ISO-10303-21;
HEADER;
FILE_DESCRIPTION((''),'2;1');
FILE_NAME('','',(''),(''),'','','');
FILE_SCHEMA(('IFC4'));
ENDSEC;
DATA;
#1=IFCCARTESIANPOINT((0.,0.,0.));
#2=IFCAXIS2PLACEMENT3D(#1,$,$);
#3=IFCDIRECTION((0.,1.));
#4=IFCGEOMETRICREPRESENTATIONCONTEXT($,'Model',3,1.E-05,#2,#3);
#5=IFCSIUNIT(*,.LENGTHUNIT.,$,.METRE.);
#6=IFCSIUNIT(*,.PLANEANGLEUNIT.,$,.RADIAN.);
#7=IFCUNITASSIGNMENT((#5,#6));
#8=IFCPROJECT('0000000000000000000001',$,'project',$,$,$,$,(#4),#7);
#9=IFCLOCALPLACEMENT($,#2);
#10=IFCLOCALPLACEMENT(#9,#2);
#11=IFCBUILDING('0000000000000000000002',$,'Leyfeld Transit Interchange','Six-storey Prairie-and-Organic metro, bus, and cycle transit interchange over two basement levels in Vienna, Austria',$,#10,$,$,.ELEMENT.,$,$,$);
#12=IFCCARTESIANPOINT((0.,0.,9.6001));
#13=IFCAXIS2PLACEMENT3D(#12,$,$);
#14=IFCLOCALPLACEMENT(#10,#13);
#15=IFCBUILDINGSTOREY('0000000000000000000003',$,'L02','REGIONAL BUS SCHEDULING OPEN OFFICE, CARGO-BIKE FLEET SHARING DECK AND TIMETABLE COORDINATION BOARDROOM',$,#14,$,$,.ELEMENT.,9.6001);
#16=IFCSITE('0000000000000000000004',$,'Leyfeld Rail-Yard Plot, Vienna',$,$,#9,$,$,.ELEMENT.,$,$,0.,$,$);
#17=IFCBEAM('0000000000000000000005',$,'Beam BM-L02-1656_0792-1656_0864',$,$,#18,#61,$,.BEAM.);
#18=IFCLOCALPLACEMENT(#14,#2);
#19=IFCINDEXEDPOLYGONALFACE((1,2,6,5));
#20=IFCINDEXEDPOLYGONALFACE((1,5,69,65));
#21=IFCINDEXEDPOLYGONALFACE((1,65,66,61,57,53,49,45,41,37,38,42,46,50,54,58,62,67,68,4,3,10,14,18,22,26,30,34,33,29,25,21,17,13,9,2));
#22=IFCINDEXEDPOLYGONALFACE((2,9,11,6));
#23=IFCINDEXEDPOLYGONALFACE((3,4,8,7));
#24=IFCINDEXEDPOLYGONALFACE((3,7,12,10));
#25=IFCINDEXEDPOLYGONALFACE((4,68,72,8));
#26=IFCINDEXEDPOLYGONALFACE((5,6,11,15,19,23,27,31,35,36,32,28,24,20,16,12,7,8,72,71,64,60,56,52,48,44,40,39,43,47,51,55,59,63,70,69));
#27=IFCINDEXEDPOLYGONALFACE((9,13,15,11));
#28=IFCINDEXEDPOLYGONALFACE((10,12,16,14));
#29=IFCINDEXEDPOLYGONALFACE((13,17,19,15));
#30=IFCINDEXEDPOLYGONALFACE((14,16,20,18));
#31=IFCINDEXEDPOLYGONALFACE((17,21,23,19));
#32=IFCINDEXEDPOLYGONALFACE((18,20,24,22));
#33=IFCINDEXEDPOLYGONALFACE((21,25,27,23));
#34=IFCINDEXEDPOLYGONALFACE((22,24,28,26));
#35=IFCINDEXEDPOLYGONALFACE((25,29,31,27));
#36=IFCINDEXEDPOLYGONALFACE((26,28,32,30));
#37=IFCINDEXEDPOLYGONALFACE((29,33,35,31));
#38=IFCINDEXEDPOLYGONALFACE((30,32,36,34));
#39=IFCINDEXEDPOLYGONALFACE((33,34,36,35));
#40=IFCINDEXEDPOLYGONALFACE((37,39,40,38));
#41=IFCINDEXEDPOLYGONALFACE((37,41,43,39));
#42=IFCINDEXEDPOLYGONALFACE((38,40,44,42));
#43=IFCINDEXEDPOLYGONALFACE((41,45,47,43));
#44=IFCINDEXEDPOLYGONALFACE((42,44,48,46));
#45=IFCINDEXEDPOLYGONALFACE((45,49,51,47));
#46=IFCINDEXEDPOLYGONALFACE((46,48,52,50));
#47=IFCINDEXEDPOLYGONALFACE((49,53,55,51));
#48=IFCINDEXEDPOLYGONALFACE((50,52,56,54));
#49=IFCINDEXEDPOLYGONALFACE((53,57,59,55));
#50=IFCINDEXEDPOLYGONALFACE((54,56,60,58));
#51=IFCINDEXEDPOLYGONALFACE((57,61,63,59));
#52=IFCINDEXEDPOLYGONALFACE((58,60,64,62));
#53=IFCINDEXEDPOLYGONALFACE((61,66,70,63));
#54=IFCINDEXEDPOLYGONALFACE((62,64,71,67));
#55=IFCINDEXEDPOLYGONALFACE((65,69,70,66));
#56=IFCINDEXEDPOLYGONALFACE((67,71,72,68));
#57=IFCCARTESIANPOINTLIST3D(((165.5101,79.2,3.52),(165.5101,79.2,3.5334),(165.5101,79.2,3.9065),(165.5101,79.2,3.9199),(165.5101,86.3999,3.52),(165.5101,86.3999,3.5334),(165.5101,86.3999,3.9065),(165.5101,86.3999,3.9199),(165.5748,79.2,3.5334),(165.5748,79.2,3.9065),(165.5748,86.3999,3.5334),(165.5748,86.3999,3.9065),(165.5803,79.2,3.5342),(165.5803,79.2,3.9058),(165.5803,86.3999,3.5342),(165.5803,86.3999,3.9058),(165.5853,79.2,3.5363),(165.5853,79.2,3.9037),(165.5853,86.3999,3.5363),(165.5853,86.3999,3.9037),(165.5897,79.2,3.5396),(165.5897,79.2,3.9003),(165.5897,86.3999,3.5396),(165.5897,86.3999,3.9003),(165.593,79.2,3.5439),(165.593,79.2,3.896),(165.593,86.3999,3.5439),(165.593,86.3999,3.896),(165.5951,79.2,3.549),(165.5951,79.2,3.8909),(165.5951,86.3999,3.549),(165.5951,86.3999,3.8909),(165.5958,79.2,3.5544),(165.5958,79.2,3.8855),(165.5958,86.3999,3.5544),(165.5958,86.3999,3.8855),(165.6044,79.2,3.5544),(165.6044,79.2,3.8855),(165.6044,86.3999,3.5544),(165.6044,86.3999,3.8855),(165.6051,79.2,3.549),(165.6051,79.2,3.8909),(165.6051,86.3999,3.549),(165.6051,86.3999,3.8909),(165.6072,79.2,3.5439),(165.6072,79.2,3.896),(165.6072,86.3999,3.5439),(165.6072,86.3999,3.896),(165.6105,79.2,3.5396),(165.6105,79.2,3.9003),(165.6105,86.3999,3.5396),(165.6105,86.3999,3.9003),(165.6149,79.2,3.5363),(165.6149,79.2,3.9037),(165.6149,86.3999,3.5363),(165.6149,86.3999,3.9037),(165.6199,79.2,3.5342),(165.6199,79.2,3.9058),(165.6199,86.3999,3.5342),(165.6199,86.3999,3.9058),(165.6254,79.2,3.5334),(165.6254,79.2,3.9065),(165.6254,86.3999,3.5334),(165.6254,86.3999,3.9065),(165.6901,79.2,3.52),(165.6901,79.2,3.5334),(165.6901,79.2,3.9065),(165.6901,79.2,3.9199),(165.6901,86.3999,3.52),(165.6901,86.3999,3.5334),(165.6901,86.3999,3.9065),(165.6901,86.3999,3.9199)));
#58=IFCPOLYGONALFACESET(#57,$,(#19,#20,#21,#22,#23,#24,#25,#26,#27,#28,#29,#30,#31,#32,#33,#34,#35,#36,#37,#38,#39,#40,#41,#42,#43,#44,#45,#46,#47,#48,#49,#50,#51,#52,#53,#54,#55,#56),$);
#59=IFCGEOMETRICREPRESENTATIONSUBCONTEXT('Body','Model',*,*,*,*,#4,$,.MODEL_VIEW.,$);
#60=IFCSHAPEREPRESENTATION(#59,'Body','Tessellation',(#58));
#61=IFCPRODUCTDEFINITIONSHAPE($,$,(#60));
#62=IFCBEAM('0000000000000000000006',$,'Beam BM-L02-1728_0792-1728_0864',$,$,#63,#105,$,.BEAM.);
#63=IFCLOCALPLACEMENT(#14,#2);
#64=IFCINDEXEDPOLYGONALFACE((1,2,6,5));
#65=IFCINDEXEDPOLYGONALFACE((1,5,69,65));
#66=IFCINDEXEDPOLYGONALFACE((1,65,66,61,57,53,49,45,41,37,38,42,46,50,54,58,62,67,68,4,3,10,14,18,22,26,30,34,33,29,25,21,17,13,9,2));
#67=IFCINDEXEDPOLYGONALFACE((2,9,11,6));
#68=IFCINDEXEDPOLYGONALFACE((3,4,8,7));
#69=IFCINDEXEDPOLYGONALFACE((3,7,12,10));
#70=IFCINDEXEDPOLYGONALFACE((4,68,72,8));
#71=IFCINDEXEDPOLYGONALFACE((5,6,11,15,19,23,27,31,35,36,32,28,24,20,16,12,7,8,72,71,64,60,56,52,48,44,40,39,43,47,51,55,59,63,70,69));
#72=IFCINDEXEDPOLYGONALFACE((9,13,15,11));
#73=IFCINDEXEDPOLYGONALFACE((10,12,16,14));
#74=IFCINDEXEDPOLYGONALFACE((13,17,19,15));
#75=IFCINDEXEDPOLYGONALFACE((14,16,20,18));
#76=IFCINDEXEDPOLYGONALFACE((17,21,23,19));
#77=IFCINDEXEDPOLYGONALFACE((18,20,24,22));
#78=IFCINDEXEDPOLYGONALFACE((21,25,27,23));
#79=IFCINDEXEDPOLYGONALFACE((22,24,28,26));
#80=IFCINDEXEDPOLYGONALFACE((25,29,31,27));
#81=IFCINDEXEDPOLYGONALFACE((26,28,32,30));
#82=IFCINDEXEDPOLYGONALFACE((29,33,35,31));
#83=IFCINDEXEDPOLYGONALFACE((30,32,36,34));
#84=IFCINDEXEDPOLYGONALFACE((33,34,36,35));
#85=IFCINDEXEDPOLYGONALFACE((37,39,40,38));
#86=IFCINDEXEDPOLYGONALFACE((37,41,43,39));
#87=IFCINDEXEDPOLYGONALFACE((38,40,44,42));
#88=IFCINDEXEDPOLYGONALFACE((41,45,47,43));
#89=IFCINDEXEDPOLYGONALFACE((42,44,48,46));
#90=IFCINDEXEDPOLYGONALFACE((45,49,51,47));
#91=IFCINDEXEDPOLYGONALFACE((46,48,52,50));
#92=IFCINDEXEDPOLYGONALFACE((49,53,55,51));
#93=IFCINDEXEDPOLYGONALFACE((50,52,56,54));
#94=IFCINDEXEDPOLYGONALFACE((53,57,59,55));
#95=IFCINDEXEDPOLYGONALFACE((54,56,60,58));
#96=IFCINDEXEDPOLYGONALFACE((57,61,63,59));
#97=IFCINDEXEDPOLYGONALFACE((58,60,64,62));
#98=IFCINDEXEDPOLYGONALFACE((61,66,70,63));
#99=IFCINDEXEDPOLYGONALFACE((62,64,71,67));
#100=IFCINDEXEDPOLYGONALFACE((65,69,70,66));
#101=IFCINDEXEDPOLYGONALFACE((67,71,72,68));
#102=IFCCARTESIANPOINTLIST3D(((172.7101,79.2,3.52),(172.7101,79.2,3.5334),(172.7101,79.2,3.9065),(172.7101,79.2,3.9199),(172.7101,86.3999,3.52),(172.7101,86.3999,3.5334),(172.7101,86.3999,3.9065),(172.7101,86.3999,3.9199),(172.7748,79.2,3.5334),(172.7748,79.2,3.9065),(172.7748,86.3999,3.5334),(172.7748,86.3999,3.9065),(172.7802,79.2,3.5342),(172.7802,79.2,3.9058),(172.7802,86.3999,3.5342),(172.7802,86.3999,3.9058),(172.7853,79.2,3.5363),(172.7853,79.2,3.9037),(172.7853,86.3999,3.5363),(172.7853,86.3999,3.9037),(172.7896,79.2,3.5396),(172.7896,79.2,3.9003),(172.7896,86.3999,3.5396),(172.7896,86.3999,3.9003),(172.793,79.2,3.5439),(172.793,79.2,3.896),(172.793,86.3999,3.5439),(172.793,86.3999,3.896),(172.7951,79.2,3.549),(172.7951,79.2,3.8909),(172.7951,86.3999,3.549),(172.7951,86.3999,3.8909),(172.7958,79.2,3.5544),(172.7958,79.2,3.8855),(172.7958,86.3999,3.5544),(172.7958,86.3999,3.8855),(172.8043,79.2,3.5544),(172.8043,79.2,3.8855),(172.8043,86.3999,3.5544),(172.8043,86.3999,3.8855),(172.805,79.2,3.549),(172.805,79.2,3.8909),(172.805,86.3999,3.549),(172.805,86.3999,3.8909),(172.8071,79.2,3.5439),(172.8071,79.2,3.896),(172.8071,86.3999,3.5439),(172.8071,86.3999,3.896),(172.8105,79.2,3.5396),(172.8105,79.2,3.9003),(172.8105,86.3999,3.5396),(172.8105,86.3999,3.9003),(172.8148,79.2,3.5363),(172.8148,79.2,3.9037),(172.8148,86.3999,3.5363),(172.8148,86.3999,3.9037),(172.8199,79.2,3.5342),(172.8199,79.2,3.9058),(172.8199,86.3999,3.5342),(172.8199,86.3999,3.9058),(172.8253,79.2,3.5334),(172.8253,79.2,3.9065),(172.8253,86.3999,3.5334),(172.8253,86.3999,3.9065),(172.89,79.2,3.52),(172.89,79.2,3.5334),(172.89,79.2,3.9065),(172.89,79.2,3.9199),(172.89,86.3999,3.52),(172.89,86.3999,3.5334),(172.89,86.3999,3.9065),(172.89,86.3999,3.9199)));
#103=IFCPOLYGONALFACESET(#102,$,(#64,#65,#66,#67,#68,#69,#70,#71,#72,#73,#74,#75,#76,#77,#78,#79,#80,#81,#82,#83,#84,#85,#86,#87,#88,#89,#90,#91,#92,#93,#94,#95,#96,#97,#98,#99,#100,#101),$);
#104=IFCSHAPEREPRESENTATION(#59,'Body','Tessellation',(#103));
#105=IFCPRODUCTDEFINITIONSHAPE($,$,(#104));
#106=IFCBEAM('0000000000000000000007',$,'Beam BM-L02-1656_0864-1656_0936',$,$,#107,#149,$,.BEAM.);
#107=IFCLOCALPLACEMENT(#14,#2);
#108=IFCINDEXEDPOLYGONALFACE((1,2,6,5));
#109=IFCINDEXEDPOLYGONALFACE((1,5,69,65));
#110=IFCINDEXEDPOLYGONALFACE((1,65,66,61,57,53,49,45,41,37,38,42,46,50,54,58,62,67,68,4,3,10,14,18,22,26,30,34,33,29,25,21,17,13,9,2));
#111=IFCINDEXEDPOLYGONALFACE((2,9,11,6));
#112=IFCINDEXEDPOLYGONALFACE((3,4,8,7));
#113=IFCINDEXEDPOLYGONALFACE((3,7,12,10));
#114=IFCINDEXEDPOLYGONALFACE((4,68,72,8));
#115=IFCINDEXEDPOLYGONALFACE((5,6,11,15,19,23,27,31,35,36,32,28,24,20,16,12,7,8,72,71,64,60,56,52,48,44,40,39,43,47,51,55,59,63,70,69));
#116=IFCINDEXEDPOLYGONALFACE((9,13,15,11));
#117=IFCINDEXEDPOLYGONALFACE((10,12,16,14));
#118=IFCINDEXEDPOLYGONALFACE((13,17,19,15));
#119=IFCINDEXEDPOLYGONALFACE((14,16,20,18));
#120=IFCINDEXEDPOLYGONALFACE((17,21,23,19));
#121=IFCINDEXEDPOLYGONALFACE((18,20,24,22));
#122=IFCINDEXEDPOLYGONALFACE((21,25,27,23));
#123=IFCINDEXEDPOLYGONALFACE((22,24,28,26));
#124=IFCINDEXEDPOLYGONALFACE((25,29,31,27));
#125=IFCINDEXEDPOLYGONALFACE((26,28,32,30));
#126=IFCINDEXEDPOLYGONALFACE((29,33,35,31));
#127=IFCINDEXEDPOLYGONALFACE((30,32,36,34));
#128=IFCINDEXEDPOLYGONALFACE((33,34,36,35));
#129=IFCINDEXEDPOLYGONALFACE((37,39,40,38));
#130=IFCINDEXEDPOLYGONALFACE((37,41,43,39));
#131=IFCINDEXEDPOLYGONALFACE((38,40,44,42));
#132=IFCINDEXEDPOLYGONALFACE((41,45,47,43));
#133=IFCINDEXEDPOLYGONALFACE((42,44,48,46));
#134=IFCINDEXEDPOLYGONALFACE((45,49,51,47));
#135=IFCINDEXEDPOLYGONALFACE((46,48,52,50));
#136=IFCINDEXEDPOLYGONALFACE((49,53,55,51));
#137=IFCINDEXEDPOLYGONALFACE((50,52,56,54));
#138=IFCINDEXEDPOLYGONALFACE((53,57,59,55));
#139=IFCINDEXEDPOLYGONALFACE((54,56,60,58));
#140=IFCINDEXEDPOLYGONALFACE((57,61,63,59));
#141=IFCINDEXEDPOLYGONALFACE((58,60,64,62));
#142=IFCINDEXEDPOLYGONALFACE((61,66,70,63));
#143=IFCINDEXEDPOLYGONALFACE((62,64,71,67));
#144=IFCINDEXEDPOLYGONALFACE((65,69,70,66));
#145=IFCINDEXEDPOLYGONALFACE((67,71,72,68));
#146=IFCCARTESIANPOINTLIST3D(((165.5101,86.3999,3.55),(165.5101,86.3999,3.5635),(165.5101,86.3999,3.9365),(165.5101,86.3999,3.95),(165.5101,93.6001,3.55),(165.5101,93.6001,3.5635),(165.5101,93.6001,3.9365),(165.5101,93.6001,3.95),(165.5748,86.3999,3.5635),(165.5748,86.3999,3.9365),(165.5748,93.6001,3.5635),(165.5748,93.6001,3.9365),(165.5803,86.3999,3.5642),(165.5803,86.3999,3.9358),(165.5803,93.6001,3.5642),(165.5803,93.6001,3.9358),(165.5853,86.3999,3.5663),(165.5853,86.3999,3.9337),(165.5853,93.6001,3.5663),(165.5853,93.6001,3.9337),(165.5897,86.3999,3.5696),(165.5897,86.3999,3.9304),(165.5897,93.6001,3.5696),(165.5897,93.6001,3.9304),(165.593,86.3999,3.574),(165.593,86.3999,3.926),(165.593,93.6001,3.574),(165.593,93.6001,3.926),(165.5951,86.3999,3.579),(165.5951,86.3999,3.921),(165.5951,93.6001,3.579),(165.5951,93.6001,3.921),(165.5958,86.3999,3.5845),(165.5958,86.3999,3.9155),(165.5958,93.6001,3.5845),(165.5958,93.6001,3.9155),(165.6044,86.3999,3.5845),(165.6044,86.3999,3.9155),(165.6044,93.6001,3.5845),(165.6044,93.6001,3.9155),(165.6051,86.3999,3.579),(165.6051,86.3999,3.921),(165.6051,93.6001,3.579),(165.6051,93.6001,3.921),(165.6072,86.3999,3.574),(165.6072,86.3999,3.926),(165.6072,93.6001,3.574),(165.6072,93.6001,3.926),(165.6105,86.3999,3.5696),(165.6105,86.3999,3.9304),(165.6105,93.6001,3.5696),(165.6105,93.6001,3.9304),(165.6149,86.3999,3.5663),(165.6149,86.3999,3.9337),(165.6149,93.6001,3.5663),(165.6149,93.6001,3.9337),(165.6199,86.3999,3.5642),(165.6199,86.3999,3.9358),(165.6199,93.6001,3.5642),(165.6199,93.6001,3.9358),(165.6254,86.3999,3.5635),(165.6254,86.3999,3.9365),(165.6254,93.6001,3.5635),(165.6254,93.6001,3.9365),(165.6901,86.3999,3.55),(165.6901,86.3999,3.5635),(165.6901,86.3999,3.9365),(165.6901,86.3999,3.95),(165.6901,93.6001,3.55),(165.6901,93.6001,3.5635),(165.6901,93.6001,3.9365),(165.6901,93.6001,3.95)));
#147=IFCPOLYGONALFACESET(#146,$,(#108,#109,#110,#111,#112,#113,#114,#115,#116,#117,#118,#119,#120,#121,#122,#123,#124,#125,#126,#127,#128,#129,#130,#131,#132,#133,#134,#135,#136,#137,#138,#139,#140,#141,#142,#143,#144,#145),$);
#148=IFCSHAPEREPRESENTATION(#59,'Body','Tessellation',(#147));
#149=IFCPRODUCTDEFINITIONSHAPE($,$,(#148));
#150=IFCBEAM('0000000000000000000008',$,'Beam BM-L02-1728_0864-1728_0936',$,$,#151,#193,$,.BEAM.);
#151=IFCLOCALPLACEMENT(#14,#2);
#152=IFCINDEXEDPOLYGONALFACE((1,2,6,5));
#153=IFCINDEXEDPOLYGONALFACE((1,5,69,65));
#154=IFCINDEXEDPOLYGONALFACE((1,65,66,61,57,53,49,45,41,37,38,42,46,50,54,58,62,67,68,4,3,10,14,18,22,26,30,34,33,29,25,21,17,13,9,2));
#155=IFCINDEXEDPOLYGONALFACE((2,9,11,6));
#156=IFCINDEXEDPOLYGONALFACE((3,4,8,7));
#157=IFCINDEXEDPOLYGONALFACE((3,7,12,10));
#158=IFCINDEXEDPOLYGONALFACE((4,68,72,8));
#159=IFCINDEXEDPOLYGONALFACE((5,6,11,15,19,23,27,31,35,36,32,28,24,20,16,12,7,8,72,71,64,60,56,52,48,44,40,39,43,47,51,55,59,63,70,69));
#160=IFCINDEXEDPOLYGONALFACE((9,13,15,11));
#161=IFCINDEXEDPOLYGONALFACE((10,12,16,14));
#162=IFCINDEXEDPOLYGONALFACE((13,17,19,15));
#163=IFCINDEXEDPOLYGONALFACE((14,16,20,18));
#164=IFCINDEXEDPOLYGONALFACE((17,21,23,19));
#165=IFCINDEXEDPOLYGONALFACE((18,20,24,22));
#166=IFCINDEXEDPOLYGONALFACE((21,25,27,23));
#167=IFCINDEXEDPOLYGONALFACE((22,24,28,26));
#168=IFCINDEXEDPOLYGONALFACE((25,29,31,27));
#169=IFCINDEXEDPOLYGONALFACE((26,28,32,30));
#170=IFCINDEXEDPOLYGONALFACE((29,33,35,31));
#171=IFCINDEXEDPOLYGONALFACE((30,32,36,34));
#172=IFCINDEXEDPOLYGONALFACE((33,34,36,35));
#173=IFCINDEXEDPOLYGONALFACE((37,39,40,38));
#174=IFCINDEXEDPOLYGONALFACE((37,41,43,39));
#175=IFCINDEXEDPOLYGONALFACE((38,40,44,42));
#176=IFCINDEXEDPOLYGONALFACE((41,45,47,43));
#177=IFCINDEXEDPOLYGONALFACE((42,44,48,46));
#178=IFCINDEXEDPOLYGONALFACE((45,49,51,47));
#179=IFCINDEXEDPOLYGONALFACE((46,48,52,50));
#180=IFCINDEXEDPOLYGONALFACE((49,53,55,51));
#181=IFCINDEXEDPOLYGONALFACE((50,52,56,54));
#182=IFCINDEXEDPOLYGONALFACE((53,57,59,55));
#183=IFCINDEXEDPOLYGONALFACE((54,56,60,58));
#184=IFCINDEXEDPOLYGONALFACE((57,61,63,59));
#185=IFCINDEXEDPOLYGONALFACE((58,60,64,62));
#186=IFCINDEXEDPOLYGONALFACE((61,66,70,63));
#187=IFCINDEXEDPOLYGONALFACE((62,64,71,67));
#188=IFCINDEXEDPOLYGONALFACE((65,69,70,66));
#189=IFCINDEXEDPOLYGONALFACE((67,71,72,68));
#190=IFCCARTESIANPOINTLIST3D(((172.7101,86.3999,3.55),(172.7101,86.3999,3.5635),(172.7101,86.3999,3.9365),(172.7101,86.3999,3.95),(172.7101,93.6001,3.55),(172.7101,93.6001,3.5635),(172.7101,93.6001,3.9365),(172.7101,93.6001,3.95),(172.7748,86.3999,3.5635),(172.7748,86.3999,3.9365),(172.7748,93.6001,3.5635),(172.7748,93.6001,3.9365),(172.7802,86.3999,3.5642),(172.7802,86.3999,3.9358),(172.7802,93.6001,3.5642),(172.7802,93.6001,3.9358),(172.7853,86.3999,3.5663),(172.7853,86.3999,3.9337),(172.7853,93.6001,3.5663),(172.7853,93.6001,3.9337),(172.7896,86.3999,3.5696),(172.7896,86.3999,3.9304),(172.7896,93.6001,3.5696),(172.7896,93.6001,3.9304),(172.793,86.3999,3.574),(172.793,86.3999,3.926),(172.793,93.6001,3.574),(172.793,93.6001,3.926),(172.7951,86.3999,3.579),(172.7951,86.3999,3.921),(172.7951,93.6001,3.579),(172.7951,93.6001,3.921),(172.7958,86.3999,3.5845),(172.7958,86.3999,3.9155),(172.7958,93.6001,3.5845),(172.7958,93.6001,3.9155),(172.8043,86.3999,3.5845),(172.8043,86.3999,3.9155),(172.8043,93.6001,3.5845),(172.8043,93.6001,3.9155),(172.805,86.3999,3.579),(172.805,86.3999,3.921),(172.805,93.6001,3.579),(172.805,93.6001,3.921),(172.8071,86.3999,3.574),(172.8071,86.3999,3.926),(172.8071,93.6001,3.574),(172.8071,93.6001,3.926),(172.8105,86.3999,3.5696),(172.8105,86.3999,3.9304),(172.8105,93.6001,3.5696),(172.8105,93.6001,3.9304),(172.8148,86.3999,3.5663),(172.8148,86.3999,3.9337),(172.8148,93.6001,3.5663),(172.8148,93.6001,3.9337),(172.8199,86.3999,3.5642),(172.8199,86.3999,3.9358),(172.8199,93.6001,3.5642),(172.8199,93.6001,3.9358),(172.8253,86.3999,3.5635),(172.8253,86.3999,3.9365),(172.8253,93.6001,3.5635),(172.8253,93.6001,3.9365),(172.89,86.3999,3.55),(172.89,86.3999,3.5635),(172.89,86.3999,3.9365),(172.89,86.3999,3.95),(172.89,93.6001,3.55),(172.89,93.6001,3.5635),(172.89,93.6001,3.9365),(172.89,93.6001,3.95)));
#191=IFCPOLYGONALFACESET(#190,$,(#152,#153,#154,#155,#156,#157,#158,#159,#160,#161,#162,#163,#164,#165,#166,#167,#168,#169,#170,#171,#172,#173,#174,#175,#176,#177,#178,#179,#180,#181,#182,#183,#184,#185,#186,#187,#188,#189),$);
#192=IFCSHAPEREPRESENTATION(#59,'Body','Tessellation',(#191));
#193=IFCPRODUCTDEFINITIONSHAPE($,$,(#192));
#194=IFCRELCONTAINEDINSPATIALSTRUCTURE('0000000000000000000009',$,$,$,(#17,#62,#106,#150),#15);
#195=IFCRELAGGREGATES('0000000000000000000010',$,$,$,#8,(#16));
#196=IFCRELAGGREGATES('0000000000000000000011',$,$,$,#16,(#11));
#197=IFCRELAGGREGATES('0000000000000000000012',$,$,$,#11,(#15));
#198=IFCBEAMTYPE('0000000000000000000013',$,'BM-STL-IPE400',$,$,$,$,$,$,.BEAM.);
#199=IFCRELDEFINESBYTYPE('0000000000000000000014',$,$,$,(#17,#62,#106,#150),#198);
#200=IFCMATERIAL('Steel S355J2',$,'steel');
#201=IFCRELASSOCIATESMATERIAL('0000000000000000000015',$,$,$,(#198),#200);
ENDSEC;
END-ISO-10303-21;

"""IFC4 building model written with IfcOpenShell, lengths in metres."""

from ifc_helpers import new_model, si_unit, direction, frame, origin, origin_2d, place, context, subcontext, project, spatial, i_section, extrude, material, material_profile, profile_set, type_object, element, save


model = new_model("IFC4")

# Units and contexts
model_context = context("Model", 3, precision=1e-05, world=origin(), true_north=direction((0.0, 1.0)))
body_context = subcontext(model_context, "Body", "Model", "MODEL_VIEW")
ifc_project = project(units=[si_unit("LENGTHUNIT", "METRE"), si_unit("PLANEANGLEUNIT", "RADIAN")], contexts=[model_context])

# Site, building, storey
site_placement = place(None, origin())
site = spatial("IfcSite", under=ifc_project, at=site_placement, Name="Leyfeld Rail-Yard Plot, Vienna", CompositionType="ELEMENT", RefElevation=0.0)
building_placement = place(site_placement, origin())
building = spatial("IfcBuilding", under=site, at=building_placement, Name="Leyfeld Transit Interchange", Description="Six-storey Prairie-and-Organic metro, bus, and cycle transit interchange over two basement levels in Vienna, Austria", CompositionType="ELEMENT")
storey_placement = place(building_placement, frame((0.0, 0.0, 9.6001)))
storey = spatial("IfcBuildingStorey", under=building, at=storey_placement, Name="L02", Description="REGIONAL BUS SCHEDULING OPEN OFFICE, CARGO-BIKE FLEET SHARING DECK AND TIMETABLE COORDINATION BOARDROOM", CompositionType="ELEMENT", Elevation=9.6001)

# Beams
ifc_material_1 = material(Name="Steel S355J2", Category="steel")
ifc_material_profile_1 = material_profile(ifc_material_1, i_section(OverallWidth=0.1799, OverallDepth=0.3999, WebThickness=0.0085, FlangeThickness=0.0134, FilletRadius=0.021, at=origin_2d()), Name="IPE 400")
ifc_profile_set_1 = profile_set([ifc_material_profile_1], Name="Steel S355J2")
beam_type_1 = type_object("IfcBeamType", Name="BM-STL-IPE400", PredefinedType="BEAM", material=ifc_profile_set_1)
for number, where, z_axis, x_axis, name in (
    (1, (165.6001, 79.2, 3.72), (0.0, 1.0, 0.0), (-1.0, 0.0, 0.0), "Beam BM-L02-1656_0792-1656_0864"),
    (2, (172.8, 79.2, 3.72), (0.0, 1.0, 0.0), (-1.0, 0.0, 0.0), "Beam BM-L02-1728_0792-1728_0864"),
):
    element("IfcBeam", number, at=place(storey_placement, frame(where, z_axis=z_axis, x_axis=x_axis)), inside=storey, type_object=beam_type_1, Name=name, PredefinedType="BEAM", context=body_context, shape_type="SweptSolid", body=[
        extrude(i_section(OverallWidth=0.1799, OverallDepth=0.3999, WebThickness=0.0085, FlangeThickness=0.0134, FilletRadius=0.021, at=origin_2d()), origin(), (0.0, 0.0, 1.0), 7.2),
    ])
for number, where, z_axis, x_axis, name in (
    (3, (165.6001, 86.3999, 3.75), (0.0, 1.0, 0.0), (-1.0, 0.0, 0.0), "Beam BM-L02-1656_0864-1656_0936"),
    (4, (172.8, 86.3999, 3.75), (0.0, 1.0, 0.0), (-1.0, 0.0, 0.0), "Beam BM-L02-1728_0864-1728_0936"),
):
    element("IfcBeam", number, at=place(storey_placement, frame(where, z_axis=z_axis, x_axis=x_axis)), inside=storey, type_object=beam_type_1, Name=name, PredefinedType="BEAM", context=body_context, shape_type="SweptSolid", body=[
        extrude(i_section(OverallWidth=0.1799, OverallDepth=0.3999, WebThickness=0.0085, FlangeThickness=0.0134, FilletRadius=0.021, at=origin_2d()), origin(), (0.0, 0.0, 1.0), 7.2002),
    ])

save(model, "model.ifc")
